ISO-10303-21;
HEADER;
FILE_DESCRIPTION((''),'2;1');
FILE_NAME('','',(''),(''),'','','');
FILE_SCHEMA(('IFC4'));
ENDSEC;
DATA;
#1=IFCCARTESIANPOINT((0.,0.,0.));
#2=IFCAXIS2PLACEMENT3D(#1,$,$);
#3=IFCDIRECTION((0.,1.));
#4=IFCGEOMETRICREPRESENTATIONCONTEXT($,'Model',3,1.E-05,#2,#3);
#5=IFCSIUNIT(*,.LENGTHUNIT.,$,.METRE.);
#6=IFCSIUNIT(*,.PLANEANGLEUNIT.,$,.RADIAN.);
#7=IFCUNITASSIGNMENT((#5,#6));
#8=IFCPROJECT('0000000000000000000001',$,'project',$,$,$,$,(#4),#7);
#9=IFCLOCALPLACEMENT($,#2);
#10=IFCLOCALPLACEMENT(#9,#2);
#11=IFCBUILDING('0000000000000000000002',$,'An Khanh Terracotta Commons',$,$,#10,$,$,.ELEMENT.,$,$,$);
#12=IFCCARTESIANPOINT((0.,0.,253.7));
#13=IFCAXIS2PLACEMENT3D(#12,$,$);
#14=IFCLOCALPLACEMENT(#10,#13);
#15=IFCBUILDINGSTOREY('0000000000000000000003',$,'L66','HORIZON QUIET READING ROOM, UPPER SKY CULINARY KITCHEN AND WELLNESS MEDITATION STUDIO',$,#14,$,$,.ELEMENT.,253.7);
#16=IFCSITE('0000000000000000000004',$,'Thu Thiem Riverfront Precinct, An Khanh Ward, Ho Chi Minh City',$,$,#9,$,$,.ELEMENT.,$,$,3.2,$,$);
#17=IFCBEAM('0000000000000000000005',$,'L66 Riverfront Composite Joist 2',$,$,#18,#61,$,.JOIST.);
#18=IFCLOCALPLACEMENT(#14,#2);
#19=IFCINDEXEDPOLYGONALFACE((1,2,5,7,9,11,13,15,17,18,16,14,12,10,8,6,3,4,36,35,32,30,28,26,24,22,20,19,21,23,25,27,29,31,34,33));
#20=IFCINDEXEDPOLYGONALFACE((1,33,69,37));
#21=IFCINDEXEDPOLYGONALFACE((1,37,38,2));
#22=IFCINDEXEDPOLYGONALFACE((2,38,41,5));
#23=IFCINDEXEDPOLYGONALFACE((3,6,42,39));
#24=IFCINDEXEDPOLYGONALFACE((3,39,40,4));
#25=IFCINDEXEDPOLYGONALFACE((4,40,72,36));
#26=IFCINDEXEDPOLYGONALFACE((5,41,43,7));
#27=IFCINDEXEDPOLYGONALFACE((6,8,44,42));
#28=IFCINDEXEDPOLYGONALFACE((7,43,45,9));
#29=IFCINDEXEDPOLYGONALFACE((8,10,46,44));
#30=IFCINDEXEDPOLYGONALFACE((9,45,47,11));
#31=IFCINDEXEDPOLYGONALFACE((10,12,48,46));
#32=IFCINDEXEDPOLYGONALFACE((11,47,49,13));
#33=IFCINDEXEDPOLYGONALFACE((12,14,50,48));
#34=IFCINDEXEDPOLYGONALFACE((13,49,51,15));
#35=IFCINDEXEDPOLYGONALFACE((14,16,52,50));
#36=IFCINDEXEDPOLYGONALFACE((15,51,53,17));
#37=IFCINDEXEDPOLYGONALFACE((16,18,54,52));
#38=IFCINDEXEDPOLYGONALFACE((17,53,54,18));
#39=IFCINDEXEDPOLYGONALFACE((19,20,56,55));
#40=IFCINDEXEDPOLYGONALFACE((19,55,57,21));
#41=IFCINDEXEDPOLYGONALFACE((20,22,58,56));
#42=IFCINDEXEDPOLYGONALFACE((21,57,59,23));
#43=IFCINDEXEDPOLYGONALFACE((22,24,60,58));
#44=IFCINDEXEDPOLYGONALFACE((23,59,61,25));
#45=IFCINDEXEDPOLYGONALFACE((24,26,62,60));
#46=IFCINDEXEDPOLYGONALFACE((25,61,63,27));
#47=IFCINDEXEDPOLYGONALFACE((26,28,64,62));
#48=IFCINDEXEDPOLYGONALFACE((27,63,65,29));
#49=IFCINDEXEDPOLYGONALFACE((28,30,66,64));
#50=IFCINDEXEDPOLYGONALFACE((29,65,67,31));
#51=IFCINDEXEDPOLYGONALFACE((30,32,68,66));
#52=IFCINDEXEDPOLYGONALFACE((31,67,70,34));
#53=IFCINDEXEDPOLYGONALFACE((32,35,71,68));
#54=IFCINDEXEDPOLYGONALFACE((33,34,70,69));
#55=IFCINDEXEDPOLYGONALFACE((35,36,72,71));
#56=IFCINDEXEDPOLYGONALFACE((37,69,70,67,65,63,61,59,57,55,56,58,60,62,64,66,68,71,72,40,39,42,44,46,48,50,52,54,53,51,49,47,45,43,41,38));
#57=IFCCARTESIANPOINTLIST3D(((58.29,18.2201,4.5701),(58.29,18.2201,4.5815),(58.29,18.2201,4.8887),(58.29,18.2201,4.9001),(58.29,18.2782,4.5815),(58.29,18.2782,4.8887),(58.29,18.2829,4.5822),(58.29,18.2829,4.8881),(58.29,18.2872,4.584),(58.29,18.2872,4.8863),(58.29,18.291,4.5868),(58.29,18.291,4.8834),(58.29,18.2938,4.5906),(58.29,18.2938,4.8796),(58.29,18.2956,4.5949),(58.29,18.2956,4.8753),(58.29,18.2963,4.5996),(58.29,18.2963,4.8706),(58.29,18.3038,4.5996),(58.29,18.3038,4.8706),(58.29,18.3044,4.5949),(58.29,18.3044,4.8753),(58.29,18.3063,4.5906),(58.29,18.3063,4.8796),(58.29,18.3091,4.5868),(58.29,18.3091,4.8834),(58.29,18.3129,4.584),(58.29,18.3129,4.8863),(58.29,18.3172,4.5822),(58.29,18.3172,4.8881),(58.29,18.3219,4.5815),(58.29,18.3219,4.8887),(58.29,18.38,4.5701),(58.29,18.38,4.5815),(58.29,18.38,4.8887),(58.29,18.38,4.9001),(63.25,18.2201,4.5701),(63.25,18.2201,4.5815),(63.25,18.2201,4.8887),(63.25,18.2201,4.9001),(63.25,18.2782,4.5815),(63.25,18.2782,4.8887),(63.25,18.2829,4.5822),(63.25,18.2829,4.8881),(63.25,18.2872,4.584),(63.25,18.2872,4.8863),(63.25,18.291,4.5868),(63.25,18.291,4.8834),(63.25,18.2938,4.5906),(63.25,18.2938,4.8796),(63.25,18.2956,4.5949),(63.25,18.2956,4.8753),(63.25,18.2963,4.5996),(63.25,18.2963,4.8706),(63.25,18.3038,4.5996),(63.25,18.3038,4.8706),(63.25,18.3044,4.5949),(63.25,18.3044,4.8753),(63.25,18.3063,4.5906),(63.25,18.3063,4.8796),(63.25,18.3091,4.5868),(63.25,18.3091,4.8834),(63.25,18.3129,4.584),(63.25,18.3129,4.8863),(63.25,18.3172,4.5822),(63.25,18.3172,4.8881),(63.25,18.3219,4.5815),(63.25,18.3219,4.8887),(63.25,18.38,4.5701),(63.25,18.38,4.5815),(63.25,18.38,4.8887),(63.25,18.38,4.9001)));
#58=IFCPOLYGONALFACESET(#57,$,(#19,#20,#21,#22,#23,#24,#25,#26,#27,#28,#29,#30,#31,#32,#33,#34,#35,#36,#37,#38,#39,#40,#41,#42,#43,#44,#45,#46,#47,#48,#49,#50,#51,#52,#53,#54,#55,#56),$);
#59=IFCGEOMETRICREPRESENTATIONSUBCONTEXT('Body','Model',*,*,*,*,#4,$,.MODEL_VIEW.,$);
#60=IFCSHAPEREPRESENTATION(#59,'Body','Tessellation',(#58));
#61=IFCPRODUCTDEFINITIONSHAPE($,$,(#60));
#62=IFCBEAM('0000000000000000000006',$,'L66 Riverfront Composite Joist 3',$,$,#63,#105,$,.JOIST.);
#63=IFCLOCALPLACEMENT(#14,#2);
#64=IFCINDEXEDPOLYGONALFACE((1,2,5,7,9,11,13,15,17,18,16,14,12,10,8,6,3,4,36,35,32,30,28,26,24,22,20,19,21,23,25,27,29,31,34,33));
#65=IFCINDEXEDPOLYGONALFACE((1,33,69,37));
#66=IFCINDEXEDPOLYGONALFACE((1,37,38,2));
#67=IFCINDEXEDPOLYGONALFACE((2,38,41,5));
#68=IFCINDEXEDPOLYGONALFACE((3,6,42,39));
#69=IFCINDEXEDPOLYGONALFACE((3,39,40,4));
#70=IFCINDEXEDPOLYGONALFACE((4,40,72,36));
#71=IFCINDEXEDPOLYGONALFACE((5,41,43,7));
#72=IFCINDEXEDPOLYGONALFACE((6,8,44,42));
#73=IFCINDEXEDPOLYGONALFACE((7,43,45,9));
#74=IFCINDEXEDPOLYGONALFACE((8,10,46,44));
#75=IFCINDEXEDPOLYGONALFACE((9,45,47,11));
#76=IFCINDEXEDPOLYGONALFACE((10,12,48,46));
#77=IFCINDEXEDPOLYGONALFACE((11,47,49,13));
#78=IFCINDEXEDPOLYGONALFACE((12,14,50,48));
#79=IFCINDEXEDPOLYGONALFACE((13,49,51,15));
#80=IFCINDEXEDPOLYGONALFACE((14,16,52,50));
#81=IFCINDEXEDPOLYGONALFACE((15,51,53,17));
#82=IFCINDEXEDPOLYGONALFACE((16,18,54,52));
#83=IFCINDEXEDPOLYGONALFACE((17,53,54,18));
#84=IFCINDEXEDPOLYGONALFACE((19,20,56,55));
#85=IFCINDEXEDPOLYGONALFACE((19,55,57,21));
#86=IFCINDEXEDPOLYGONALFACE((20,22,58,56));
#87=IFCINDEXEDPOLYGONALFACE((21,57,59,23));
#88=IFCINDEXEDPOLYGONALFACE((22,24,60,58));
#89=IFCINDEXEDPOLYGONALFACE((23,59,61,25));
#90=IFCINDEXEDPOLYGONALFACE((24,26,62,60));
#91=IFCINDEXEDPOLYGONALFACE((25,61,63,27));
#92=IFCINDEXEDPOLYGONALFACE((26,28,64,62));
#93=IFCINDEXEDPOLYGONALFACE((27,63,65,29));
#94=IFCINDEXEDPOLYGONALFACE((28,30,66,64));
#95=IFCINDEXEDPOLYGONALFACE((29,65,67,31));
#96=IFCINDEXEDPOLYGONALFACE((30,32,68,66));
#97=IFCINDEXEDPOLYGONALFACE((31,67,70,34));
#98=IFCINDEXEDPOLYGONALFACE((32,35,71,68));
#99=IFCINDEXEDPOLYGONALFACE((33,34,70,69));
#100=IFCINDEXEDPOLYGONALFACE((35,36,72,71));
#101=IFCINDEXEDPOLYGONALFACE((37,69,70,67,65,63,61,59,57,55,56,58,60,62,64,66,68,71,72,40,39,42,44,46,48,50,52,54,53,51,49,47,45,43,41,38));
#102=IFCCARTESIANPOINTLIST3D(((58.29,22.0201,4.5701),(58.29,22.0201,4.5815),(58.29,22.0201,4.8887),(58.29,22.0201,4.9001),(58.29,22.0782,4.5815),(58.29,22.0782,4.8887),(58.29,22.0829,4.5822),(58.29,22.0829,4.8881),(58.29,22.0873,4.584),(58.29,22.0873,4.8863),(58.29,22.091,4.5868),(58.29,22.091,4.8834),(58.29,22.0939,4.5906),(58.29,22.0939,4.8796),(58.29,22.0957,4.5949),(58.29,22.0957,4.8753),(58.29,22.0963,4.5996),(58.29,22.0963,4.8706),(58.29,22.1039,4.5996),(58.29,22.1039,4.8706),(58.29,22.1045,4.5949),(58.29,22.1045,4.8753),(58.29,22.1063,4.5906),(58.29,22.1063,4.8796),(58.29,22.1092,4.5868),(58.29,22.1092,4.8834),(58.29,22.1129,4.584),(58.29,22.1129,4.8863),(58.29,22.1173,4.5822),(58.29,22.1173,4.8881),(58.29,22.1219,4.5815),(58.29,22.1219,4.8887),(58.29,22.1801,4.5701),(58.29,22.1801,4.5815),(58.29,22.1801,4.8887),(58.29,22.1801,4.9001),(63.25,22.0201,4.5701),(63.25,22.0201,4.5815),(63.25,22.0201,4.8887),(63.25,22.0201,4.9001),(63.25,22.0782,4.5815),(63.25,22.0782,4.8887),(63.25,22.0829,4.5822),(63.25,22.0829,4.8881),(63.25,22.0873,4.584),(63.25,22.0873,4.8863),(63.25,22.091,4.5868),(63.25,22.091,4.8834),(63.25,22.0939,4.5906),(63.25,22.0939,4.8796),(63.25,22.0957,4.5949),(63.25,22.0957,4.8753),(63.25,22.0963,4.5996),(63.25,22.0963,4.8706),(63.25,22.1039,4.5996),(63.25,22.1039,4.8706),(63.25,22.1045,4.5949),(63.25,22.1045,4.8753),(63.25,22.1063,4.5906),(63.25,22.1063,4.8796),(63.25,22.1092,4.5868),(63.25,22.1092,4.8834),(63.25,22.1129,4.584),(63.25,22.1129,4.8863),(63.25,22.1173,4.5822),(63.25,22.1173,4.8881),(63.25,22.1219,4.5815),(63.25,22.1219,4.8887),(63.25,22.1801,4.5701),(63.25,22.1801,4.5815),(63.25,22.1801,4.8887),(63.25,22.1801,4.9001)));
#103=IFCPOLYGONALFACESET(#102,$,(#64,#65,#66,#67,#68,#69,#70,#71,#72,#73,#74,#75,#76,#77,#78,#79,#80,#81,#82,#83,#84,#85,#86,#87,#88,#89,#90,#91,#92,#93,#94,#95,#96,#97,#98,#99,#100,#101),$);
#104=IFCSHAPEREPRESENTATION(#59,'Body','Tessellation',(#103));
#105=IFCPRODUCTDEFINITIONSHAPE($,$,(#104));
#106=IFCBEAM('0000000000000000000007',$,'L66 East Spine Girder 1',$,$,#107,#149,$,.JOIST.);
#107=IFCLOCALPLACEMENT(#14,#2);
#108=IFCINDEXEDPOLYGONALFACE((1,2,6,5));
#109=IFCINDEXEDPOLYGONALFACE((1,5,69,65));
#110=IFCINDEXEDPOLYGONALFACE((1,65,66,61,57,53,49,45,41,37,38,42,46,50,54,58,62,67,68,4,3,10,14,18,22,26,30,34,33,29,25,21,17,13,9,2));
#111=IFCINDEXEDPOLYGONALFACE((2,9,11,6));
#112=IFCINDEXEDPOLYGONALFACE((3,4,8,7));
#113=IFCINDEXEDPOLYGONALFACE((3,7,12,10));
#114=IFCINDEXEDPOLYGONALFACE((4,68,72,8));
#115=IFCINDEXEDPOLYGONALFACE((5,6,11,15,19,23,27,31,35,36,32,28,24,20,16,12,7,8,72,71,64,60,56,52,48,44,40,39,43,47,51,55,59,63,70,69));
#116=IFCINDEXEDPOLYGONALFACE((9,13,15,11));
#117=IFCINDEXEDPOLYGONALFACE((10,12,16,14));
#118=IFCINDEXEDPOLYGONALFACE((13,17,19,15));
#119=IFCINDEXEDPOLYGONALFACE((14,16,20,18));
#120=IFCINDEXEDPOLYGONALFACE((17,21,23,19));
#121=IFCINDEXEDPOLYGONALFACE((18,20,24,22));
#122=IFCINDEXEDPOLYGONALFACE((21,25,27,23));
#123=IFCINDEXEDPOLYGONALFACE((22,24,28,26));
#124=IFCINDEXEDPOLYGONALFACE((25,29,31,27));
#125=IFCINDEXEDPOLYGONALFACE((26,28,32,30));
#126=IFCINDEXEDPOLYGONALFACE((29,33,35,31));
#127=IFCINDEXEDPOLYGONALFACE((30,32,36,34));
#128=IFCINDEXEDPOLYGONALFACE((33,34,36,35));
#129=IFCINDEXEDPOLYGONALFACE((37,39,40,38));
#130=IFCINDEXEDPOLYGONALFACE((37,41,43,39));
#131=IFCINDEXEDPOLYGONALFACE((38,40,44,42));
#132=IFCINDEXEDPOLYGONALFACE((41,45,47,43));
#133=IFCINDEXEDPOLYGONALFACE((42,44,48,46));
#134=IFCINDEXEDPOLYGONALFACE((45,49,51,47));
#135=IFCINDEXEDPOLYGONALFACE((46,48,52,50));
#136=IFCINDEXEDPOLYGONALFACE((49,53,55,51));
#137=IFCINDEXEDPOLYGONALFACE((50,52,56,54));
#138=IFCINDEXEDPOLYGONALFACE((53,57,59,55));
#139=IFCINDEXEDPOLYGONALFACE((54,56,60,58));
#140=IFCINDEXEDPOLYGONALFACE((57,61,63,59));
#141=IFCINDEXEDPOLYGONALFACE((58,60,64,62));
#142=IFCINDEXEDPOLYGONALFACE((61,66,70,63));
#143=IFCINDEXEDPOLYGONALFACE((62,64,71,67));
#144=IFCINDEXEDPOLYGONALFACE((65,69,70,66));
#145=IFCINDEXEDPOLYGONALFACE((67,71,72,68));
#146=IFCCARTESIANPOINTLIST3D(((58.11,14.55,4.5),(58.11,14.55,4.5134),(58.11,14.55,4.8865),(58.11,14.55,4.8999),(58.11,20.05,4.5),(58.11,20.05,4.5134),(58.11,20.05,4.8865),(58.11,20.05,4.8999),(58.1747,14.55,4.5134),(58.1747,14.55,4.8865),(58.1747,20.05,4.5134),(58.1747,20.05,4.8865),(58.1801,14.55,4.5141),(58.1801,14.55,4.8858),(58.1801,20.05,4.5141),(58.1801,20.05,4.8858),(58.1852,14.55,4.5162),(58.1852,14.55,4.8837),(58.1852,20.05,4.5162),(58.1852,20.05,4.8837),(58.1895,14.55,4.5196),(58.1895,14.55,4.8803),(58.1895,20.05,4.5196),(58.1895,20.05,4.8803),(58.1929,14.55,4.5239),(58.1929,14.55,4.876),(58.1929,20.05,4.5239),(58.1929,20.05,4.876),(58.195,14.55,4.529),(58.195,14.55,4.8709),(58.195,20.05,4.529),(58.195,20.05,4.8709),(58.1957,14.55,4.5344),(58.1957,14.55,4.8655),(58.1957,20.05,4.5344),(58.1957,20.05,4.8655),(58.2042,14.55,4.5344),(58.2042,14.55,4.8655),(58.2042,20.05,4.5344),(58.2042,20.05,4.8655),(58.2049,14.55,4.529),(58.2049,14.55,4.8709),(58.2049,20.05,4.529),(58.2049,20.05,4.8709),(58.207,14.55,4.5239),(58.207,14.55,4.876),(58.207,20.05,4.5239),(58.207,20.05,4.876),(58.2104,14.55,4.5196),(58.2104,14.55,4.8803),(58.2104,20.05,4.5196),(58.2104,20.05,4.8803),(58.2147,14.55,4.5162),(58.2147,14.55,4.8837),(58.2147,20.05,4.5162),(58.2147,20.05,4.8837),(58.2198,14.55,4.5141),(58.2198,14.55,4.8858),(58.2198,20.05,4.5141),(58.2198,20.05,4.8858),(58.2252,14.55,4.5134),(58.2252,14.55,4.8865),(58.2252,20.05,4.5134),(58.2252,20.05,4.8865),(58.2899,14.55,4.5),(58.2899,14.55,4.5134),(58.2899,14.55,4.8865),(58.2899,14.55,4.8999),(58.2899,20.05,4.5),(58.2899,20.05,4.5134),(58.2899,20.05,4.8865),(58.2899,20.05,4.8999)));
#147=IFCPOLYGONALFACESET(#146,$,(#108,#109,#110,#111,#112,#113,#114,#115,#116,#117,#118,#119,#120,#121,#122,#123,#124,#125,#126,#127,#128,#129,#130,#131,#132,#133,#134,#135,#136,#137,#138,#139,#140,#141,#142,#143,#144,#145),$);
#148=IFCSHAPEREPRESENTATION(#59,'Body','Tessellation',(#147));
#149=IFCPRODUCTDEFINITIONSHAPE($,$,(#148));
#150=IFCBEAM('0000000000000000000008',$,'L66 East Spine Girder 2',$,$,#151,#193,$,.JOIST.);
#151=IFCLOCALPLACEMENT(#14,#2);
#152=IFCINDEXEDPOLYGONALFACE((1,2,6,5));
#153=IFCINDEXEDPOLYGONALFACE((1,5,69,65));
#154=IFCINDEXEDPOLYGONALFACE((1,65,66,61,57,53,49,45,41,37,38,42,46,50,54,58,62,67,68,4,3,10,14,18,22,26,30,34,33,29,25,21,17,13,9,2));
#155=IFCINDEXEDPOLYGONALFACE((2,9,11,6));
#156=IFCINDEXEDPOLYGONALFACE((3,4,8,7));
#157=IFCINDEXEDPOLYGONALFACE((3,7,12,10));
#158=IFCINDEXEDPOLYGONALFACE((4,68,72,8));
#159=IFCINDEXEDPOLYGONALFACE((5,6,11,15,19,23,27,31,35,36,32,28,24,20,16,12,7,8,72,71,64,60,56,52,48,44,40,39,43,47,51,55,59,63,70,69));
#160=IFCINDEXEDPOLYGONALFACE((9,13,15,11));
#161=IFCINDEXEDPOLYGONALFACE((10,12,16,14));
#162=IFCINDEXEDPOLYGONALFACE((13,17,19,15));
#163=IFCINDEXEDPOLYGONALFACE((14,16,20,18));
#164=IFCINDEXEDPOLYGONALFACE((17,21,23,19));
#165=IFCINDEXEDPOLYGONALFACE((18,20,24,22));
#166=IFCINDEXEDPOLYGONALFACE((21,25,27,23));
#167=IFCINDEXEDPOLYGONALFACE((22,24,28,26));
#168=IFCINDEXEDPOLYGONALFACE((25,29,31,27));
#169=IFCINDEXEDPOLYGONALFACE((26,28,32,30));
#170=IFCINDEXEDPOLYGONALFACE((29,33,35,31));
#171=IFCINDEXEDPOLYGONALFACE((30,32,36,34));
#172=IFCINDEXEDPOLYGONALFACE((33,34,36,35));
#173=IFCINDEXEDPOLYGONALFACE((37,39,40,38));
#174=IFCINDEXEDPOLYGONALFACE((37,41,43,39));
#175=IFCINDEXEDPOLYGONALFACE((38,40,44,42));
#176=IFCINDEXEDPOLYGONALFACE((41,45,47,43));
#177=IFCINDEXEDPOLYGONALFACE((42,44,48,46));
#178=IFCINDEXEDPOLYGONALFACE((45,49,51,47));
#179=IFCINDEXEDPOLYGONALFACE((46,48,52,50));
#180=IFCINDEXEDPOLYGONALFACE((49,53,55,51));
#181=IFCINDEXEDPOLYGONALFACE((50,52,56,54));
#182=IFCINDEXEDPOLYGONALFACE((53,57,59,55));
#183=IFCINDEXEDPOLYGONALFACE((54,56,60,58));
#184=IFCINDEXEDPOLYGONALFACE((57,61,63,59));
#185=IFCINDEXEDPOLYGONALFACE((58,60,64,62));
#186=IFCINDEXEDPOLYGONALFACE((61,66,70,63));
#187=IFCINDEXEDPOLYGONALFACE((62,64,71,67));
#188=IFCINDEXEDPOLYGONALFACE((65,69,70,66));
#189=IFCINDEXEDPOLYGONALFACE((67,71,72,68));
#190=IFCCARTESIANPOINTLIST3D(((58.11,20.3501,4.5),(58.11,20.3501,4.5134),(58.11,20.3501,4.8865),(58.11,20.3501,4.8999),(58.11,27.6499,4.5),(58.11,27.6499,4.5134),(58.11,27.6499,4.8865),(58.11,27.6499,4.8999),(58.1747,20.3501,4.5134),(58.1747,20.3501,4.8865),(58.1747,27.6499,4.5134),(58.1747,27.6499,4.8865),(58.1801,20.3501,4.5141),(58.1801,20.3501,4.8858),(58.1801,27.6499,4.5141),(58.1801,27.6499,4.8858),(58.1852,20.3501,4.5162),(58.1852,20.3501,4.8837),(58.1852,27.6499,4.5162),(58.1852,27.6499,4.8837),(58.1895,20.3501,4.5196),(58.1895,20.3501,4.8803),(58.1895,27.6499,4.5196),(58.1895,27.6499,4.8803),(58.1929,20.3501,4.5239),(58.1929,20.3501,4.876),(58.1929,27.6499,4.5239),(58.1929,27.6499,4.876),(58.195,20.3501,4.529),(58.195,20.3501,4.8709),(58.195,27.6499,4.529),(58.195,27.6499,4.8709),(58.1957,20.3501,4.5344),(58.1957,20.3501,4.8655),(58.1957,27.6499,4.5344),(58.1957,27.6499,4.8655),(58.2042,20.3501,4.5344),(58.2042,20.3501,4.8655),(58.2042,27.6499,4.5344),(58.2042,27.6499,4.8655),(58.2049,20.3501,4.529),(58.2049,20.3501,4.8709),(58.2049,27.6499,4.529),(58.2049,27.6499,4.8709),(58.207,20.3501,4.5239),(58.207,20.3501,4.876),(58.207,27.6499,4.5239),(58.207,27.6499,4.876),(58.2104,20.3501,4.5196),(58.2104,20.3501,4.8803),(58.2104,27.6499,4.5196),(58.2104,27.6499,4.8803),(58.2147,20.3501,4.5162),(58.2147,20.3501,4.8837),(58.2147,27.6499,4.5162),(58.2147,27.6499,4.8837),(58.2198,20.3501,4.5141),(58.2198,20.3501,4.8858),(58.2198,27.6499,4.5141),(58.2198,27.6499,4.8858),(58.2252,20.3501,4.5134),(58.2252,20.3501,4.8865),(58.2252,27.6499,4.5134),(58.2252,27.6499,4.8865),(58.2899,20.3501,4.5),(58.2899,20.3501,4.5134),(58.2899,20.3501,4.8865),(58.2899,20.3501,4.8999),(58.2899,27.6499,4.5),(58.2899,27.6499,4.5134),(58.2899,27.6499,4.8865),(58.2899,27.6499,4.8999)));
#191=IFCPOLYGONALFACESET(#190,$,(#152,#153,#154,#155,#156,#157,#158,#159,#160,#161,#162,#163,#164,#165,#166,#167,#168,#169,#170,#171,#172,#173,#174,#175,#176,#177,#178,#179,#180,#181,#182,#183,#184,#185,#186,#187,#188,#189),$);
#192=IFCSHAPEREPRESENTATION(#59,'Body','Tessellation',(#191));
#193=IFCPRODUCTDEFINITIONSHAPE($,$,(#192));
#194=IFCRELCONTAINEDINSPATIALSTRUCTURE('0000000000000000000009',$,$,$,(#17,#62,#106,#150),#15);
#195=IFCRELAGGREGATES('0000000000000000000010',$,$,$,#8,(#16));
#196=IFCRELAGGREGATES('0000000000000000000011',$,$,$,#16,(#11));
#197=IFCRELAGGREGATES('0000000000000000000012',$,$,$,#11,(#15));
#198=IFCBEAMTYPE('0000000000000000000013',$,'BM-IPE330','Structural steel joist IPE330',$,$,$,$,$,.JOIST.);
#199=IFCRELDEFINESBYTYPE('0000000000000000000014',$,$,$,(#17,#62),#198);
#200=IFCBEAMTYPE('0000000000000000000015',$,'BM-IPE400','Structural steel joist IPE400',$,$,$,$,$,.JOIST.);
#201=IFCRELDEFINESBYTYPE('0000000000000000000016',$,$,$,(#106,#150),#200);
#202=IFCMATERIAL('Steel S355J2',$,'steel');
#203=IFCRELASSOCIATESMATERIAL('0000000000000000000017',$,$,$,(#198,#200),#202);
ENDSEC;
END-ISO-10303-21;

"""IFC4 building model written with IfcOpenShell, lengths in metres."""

from ifc_helpers import new_model, si_unit, direction, frame, origin, origin_2d, place, context, subcontext, project, spatial, i_section, extrude, material, material_profile, profile_set, type_object, element, save


model = new_model("IFC4")

# Units and contexts
model_context = context("Model", 3, precision=1e-05, world=origin(), true_north=direction((0.0, 1.0)))
body_context = subcontext(model_context, "Body", "Model", "MODEL_VIEW")
ifc_project = project(units=[si_unit("LENGTHUNIT", "METRE"), si_unit("PLANEANGLEUNIT", "RADIAN")], contexts=[model_context])

# Site, building, storey
site_placement = place(None, origin())
site = spatial("IfcSite", under=ifc_project, at=site_placement, Name="Thu Thiem Riverfront Precinct, An Khanh Ward, Ho Chi Minh City", CompositionType="ELEMENT", RefElevation=3.2)
building_placement = place(site_placement, origin())
building = spatial("IfcBuilding", under=site, at=building_placement, Name="An Khanh Terracotta Commons", CompositionType="ELEMENT")
storey_placement = place(building_placement, frame((0.0, 0.0, 253.7)))
storey = spatial("IfcBuildingStorey", under=building, at=storey_placement, Name="L66", Description="HORIZON QUIET READING ROOM, UPPER SKY CULINARY KITCHEN AND WELLNESS MEDITATION STUDIO", CompositionType="ELEMENT", Elevation=253.7)

# Beams
ifc_material_1 = material(Name="Steel S355J2", Category="steel")
ifc_material_profile_1 = material_profile(ifc_material_1, i_section(OverallWidth=0.1599, OverallDepth=0.3301, WebThickness=0.0076, FlangeThickness=0.0115, FilletRadius=0.0181, at=origin_2d()), Name="IPE330")
ifc_profile_set_1 = profile_set([ifc_material_profile_1], Name="Steel S355J2")
beam_type_1 = type_object("IfcBeamType", Name="BM-IPE330", Description="Structural steel joist IPE330", PredefinedType="JOIST", material=ifc_profile_set_1)
for number, where, z_axis, x_axis, name in (
    (1, (58.29, 18.3, 4.7351), (1.0, 0.0, 0.0), (0.0, 1.0, 0.0), "L66 Riverfront Composite Joist 2"),
    (2, (58.29, 22.1001, 4.7351), (1.0, 0.0, 0.0), (0.0, 1.0, 0.0), "L66 Riverfront Composite Joist 3"),
):
    element("IfcBeam", number, at=place(storey_placement, frame(where, z_axis=z_axis, x_axis=x_axis)), inside=storey, type_object=beam_type_1, Name=name, PredefinedType="JOIST", context=body_context, shape_type="SweptSolid", body=[
        extrude(i_section(OverallWidth=0.1599, OverallDepth=0.3301, WebThickness=0.0076, FlangeThickness=0.0115, FilletRadius=0.0181, at=origin_2d()), origin(), (0.0, 0.0, 1.0), 4.96),
    ])
ifc_material_profile_2 = material_profile(ifc_material_1, i_section(OverallWidth=0.1799, OverallDepth=0.3999, WebThickness=0.0085, FlangeThickness=0.0134, FilletRadius=0.021, at=origin_2d()), Name="IPE400")
ifc_profile_set_2 = profile_set([ifc_material_profile_2], Name="Steel S355J2")
beam_type_2 = type_object("IfcBeamType", Name="BM-IPE400", Description="Structural steel joist IPE400", PredefinedType="JOIST", material=ifc_profile_set_2)
beam_1_placement = place(storey_placement, frame((58.2, 14.55, 4.7), z_axis=(0.0, 1.0, 0.0), x_axis=(-1.0, 0.0, 0.0)))
element("IfcBeam", 3, at=beam_1_placement, inside=storey, type_object=beam_type_2, Name="L66 East Spine Girder 1", PredefinedType="JOIST", context=body_context, shape_type="SweptSolid", body=[
    extrude(i_section(OverallWidth=0.1799, OverallDepth=0.3999, WebThickness=0.0085, FlangeThickness=0.0134, FilletRadius=0.021, at=origin_2d()), origin(), (0.0, 0.0, 1.0), 5.5),
])
beam_2_placement = place(storey_placement, frame((58.2, 20.3501, 4.7), z_axis=(0.0, 1.0, 0.0), x_axis=(-1.0, 0.0, 0.0)))
element("IfcBeam", 4, at=beam_2_placement, inside=storey, type_object=beam_type_2, Name="L66 East Spine Girder 2", PredefinedType="JOIST", context=body_context, shape_type="SweptSolid", body=[
    extrude(i_section(OverallWidth=0.1799, OverallDepth=0.3999, WebThickness=0.0085, FlangeThickness=0.0134, FilletRadius=0.021, at=origin_2d()), origin(), (0.0, 0.0, 1.0), 7.2998),
])

save(model, "model.ifc")
